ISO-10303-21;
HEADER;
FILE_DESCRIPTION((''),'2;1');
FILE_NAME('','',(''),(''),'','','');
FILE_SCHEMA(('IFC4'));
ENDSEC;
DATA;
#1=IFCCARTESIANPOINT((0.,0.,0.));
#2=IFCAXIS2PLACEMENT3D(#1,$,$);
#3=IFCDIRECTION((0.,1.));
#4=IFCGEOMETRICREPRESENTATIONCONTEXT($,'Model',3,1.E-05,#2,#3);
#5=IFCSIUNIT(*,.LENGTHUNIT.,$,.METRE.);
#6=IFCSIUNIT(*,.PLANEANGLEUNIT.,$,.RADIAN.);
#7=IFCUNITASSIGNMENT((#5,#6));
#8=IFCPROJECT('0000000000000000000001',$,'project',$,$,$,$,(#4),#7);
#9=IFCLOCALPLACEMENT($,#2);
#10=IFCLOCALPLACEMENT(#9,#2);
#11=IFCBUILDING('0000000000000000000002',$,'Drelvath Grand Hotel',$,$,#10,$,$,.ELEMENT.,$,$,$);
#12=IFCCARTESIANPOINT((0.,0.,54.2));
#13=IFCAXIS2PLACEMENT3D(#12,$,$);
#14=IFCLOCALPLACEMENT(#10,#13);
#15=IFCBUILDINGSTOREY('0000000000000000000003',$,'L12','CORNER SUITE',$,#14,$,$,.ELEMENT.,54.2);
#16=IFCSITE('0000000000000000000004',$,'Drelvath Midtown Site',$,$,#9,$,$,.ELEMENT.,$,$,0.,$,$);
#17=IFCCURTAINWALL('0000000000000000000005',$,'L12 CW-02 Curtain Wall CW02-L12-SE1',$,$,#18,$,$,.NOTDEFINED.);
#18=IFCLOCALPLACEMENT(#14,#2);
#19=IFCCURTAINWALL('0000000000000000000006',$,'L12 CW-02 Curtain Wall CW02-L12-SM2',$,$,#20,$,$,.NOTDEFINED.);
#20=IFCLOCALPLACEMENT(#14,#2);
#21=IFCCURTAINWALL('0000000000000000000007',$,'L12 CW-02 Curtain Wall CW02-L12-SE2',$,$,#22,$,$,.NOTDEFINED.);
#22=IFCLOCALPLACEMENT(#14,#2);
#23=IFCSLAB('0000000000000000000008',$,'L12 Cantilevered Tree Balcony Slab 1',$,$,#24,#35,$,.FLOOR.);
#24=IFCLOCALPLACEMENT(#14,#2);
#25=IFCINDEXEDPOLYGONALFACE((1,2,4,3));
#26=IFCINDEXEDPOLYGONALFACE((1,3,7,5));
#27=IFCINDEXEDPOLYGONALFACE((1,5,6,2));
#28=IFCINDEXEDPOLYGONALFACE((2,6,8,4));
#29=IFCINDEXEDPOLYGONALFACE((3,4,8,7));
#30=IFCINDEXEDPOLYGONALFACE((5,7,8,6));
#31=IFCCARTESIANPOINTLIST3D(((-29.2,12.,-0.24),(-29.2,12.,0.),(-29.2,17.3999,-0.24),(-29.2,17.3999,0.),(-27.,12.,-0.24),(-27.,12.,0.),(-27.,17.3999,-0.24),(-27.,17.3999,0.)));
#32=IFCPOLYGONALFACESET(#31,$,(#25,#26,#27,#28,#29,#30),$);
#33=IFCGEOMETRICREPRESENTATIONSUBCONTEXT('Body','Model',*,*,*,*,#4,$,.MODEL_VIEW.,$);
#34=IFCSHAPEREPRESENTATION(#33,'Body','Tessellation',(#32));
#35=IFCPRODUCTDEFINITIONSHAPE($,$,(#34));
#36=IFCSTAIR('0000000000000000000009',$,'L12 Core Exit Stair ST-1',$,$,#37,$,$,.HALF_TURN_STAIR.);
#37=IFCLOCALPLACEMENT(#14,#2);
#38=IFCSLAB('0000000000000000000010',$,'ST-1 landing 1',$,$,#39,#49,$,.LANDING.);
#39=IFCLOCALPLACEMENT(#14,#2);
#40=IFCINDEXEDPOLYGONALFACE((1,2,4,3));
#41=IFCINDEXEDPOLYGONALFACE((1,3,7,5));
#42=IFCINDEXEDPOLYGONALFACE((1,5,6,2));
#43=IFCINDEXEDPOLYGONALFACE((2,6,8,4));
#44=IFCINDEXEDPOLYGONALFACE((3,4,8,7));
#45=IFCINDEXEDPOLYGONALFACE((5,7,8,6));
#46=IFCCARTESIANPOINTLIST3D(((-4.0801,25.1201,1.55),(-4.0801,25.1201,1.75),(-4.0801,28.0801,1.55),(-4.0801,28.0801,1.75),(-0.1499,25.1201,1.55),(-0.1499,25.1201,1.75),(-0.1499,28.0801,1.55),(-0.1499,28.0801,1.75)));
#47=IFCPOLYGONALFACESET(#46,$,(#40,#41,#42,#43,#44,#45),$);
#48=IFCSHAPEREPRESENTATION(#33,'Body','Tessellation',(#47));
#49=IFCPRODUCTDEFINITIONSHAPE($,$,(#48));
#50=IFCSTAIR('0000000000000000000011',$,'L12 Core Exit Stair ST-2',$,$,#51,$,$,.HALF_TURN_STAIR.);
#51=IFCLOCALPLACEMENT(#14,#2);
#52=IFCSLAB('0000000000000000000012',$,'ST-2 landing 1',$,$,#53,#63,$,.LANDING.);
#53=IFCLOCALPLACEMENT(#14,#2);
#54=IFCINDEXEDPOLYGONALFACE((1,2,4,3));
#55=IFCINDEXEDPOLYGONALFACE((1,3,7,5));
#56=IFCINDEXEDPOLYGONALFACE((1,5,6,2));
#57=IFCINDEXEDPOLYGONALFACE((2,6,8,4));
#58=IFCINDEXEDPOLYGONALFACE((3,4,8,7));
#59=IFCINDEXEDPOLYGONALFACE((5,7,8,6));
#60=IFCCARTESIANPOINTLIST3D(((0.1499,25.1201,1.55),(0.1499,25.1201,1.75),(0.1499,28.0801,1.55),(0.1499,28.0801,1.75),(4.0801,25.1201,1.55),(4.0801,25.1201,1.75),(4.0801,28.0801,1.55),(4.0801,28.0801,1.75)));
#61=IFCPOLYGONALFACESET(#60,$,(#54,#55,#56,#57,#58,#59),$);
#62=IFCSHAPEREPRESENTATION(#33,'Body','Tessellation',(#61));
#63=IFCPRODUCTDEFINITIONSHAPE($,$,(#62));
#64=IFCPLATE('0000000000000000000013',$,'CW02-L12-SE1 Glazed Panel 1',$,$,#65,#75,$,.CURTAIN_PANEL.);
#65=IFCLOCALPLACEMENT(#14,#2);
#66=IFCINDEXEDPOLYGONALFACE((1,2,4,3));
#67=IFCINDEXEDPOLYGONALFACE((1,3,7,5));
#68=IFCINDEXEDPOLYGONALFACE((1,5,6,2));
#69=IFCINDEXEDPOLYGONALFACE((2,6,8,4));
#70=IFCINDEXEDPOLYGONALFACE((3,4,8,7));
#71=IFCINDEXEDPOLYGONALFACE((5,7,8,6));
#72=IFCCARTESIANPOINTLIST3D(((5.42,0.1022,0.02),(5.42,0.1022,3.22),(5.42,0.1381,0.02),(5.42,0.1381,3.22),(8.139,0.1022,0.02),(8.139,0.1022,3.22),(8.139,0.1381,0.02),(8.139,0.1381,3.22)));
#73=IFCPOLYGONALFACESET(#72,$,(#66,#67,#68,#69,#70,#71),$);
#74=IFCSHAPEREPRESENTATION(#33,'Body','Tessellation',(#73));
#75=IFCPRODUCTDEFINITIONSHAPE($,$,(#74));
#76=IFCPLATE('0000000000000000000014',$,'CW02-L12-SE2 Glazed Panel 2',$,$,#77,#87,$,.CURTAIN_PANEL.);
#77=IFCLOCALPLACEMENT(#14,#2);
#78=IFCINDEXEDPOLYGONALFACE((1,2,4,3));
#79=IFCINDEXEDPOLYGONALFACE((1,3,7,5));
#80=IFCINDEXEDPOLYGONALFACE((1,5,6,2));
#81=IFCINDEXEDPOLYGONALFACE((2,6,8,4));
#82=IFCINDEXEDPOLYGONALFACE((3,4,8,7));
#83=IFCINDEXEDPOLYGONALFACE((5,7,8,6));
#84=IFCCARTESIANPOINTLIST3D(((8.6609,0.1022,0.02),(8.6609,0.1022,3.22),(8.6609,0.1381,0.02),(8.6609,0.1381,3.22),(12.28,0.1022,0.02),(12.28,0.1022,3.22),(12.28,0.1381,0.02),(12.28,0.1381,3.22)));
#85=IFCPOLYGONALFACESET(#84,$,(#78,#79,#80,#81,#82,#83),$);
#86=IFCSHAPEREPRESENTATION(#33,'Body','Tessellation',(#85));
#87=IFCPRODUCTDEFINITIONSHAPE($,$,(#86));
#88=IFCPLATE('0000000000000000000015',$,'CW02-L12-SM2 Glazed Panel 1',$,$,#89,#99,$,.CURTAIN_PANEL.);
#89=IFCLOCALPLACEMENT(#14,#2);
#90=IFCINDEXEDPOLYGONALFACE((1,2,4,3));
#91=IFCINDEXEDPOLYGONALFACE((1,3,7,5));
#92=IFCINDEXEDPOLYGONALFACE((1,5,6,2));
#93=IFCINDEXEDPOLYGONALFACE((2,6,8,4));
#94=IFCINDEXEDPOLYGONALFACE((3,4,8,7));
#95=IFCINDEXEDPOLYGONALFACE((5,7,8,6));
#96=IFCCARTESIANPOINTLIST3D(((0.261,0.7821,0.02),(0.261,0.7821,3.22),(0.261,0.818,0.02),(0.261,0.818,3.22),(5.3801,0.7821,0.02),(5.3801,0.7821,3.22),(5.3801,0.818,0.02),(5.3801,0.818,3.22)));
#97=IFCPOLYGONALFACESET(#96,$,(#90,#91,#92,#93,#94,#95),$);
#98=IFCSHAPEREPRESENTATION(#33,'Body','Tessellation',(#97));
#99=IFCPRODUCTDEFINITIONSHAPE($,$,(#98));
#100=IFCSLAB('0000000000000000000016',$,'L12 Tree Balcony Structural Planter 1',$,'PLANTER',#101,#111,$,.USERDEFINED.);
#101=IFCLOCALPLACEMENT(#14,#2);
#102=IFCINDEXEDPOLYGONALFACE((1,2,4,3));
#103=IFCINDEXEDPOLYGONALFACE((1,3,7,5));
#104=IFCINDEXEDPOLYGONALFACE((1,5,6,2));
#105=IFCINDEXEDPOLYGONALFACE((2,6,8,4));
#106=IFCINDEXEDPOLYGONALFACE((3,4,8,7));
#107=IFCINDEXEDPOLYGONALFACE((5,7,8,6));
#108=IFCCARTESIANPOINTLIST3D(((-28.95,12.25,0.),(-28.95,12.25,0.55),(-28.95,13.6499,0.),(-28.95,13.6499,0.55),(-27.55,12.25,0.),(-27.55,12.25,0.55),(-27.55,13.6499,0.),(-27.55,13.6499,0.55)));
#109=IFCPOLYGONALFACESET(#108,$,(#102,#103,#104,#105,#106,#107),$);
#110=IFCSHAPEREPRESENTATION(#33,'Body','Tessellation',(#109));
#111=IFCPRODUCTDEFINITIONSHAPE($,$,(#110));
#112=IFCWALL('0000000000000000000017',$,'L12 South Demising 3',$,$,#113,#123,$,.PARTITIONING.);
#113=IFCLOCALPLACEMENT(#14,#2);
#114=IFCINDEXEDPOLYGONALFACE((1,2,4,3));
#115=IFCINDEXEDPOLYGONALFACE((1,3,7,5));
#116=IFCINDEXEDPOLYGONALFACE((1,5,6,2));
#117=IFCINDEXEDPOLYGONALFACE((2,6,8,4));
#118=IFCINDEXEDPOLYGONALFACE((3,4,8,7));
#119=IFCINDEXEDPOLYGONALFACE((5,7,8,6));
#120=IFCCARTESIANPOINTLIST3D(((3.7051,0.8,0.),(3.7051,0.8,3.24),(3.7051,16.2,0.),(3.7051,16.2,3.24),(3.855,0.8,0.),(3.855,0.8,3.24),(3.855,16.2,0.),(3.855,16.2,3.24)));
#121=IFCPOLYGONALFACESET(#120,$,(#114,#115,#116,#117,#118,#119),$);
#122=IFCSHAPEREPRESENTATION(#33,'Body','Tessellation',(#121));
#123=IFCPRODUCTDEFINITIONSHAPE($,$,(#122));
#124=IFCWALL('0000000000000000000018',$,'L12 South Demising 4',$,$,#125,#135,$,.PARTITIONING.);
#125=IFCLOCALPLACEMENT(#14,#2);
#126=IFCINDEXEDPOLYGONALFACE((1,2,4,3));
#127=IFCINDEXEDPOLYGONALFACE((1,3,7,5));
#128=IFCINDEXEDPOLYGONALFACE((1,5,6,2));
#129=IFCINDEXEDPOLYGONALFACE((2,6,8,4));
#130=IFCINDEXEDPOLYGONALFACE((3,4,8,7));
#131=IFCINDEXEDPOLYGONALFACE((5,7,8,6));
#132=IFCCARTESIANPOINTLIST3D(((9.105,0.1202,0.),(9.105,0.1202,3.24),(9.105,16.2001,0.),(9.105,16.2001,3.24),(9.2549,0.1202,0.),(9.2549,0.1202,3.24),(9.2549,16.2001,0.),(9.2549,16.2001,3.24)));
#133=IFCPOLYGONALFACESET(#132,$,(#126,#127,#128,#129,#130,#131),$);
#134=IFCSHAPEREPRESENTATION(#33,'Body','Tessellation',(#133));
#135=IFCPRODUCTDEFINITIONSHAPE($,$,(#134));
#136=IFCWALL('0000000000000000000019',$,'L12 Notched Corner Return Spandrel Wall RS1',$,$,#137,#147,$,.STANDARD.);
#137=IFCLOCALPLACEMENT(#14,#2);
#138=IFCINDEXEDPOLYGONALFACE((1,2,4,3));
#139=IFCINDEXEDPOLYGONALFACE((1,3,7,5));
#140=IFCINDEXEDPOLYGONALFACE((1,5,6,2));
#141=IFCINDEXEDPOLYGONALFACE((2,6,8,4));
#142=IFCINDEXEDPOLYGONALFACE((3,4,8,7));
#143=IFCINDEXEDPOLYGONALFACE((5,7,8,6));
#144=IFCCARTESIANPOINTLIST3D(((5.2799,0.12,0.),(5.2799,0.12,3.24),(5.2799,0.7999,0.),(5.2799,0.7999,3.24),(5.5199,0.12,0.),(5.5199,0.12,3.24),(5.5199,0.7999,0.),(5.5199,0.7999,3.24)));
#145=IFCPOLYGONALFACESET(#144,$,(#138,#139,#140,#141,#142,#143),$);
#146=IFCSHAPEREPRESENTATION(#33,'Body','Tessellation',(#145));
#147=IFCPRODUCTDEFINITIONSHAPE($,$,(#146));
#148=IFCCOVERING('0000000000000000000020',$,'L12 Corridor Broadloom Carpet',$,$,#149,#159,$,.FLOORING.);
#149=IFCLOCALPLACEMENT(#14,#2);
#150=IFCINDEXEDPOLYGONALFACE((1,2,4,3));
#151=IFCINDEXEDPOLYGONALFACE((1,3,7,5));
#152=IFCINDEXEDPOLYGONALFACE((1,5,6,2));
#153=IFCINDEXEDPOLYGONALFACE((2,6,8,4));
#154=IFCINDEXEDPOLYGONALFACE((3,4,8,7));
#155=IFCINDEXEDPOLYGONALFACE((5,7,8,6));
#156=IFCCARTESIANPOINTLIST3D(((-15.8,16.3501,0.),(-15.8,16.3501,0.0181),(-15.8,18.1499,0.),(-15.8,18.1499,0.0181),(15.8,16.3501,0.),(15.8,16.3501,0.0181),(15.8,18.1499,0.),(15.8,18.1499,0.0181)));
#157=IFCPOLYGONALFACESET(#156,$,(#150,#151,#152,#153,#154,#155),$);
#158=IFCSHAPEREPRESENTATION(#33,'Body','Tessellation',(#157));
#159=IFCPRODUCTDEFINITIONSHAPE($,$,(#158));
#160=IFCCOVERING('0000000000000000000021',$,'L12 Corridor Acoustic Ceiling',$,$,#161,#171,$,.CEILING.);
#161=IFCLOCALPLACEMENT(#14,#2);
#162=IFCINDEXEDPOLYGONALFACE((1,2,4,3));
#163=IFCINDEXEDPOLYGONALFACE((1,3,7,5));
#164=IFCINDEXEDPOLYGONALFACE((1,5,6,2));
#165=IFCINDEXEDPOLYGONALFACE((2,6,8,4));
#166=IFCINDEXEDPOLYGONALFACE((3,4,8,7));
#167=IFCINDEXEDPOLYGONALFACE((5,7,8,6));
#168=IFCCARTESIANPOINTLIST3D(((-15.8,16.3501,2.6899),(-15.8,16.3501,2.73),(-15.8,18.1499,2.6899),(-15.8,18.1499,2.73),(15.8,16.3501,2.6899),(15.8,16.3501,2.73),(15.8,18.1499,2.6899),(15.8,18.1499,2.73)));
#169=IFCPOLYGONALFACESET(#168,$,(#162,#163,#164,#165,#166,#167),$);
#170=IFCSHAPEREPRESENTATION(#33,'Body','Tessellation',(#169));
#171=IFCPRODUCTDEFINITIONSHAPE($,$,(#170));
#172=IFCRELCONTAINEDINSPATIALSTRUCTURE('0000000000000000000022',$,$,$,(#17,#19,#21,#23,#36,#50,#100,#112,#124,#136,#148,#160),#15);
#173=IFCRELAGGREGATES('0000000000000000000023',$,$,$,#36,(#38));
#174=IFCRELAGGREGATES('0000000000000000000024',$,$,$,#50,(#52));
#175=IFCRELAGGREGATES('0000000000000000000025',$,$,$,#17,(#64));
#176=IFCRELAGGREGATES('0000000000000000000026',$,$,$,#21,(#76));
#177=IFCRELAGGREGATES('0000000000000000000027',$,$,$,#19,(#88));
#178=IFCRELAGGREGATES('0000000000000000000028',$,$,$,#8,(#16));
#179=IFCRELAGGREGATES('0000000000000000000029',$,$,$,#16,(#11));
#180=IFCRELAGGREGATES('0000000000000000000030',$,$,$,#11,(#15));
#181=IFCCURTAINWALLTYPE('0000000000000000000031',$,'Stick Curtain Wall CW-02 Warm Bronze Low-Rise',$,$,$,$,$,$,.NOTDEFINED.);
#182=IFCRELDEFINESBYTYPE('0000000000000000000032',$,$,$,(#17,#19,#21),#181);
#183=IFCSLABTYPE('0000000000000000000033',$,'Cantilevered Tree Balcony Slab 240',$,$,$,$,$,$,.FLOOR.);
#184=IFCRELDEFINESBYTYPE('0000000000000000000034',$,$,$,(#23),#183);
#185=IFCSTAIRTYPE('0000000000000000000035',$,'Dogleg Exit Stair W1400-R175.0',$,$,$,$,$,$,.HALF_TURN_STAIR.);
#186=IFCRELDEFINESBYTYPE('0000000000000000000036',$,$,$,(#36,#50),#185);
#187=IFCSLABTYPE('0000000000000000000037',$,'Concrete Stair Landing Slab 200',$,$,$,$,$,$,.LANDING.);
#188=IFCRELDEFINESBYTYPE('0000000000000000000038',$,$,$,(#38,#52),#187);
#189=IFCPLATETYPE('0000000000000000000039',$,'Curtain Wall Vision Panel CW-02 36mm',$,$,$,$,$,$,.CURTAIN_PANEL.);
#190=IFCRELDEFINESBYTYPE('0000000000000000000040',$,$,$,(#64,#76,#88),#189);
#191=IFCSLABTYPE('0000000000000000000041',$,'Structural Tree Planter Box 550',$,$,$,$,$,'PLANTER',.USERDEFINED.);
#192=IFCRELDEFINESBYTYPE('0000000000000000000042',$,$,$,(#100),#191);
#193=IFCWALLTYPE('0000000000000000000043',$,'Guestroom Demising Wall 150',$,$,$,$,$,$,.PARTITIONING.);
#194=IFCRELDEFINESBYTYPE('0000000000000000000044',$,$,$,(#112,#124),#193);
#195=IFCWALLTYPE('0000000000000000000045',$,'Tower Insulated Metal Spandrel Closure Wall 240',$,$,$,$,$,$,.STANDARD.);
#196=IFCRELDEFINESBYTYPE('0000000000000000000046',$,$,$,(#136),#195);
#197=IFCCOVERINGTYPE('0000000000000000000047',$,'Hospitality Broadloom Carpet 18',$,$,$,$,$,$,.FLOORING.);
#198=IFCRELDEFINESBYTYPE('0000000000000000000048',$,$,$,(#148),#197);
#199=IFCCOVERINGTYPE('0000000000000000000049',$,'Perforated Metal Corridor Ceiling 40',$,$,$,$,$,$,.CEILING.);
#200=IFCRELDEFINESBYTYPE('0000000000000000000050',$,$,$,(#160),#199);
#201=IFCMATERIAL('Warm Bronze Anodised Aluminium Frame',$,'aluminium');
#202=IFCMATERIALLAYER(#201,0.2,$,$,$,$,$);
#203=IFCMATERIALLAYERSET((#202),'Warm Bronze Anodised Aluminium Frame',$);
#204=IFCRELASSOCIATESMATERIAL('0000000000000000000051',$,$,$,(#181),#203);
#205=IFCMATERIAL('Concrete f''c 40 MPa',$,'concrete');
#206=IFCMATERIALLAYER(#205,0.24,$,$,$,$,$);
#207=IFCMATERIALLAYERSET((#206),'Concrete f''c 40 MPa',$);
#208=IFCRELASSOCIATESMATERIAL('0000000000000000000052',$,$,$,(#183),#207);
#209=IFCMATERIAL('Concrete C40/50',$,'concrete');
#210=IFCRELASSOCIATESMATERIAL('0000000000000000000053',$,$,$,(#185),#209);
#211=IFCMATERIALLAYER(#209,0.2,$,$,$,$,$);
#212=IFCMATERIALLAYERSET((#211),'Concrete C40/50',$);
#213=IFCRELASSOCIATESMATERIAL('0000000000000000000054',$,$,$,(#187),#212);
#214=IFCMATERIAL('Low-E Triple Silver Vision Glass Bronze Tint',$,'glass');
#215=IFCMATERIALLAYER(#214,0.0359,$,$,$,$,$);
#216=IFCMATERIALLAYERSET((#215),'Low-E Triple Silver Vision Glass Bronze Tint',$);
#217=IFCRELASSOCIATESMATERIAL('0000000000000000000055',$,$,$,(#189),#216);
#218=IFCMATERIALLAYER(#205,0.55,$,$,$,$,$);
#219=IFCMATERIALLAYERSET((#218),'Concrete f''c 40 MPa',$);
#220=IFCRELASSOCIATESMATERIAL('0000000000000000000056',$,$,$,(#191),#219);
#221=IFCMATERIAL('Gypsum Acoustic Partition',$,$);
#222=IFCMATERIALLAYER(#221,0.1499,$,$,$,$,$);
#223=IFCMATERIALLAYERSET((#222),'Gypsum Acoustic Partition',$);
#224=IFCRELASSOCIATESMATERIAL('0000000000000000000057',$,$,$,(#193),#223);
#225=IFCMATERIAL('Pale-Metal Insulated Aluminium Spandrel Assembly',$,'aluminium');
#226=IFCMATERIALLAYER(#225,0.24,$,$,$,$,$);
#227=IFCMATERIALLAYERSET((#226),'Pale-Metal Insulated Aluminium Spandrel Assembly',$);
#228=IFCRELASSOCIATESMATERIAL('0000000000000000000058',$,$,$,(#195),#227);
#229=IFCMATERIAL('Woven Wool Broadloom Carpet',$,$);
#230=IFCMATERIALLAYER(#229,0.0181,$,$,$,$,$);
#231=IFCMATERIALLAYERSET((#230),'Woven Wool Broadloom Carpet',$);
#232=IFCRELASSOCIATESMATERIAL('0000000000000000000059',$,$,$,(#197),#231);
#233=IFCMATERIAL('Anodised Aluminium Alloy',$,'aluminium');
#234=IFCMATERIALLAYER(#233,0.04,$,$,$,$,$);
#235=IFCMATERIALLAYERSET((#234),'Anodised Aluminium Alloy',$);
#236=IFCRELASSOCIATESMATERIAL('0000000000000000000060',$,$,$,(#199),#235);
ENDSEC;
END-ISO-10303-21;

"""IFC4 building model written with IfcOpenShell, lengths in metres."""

from ifc_helpers import new_model, si_unit, direction, frame, frame_2d, origin, origin_2d, place, context, subcontext, project, spatial, polyline, rectangle, outline, extrude, material, layer, layer_set, type_object, element, aggregate, save


model = new_model("IFC4")

# Units and contexts
model_context = context("Model", 3, precision=1e-05, world=origin(), true_north=direction((0.0, 1.0)))
body_context = subcontext(model_context, "Body", "Model", "MODEL_VIEW")
ifc_project = project(units=[si_unit("LENGTHUNIT", "METRE"), si_unit("PLANEANGLEUNIT", "RADIAN")], contexts=[model_context])

# Site, building, storey
site_placement = place(None, origin())
site = spatial("IfcSite", under=ifc_project, at=site_placement, Name="Drelvath Midtown Site", CompositionType="ELEMENT", RefElevation=0.0)
building_placement = place(site_placement, origin())
building = spatial("IfcBuilding", under=site, at=building_placement, Name="Drelvath Grand Hotel", CompositionType="ELEMENT")
storey_placement = place(building_placement, frame((0.0, 0.0, 54.2)))
storey = spatial("IfcBuildingStorey", under=building, at=storey_placement, Name="L12", Description="CORNER SUITE", CompositionType="ELEMENT", Elevation=54.2)

# Curtain walls
ifc_material_1 = material(Name="Warm Bronze Anodised Aluminium Frame", Category="aluminium")
ifc_layer_1 = layer(ifc_material_1, 0.2)
ifc_layer_set_1 = layer_set([ifc_layer_1], Name="Warm Bronze Anodised Aluminium Frame")
curtain_wall_type = type_object("IfcCurtainWallType", Name="Stick Curtain Wall CW-02 Warm Bronze Low-Rise", PredefinedType="NOTDEFINED", material=ifc_layer_set_1)
curtain_wall_1_placement = place(storey_placement, origin())
curtain_wall_1 = element("IfcCurtainWall", 1, at=curtain_wall_1_placement, inside=storey, type_object=curtain_wall_type, Name="L12 CW-02 Curtain Wall CW02-L12-SE1", PredefinedType="NOTDEFINED")
curtain_wall_2_placement = place(storey_placement, origin())
curtain_wall_2 = element("IfcCurtainWall", 2, at=curtain_wall_2_placement, inside=storey, type_object=curtain_wall_type, Name="L12 CW-02 Curtain Wall CW02-L12-SM2", PredefinedType="NOTDEFINED")

# Curtain wall
curtain_wall_3_placement = place(storey_placement, origin())
curtain_wall_3 = element("IfcCurtainWall", 3, at=curtain_wall_3_placement, inside=storey, type_object=curtain_wall_type, Name="L12 CW-02 Curtain Wall CW02-L12-SE2", PredefinedType="NOTDEFINED")

# Slab
ifc_material_2 = material(Name="Concrete f'c 40 MPa", Category="concrete")
ifc_layer_2 = layer(ifc_material_2, 0.24)
ifc_layer_set_2 = layer_set([ifc_layer_2], Name="Concrete f'c 40 MPa")
slab_type_1 = type_object("IfcSlabType", Name="Cantilevered Tree Balcony Slab 240", PredefinedType="FLOOR", material=ifc_layer_set_2)
slab_1_placement = place(storey_placement, frame((0.0, 0.0, -0.24)))
element("IfcSlab", 4, at=slab_1_placement, inside=storey, type_object=slab_type_1, Name="L12 Cantilevered Tree Balcony Slab 1", PredefinedType="FLOOR", context=body_context, shape_type="SweptSolid", body=[
    extrude(outline(polyline([(-29.2, 12.0), (-27.0, 12.0), (-27.0, 17.3999), (-29.2, 17.3999), (-29.2, 12.0)])), origin(), (0.0, 0.0, 1.0), 0.24),
])

# Stairs, slabs
ifc_material_3 = material(Name="Concrete C40/50", Category="concrete")
stair_type = type_object("IfcStairType", Name="Dogleg Exit Stair W1400-R175.0", PredefinedType="HALF_TURN_STAIR", material=ifc_material_3)
stair_1_placement = place(storey_placement, origin())
stair_1 = element("IfcStair", 5, at=stair_1_placement, inside=storey, type_object=stair_type, Name="L12 Core Exit Stair ST-1", PredefinedType="HALF_TURN_STAIR")
ifc_layer_3 = layer(ifc_material_3, 0.2)
ifc_layer_set_3 = layer_set([ifc_layer_3], Name="Concrete C40/50")
slab_type_2 = type_object("IfcSlabType", Name="Concrete Stair Landing Slab 200", PredefinedType="LANDING", material=ifc_layer_set_3)
slab_2_placement = place(storey_placement, frame((0.0, 0.0, 1.55)))
slab_2 = element("IfcSlab", 6, at=slab_2_placement, type_object=slab_type_2, Name="ST-1 landing 1", PredefinedType="LANDING", context=body_context, shape_type="SweptSolid", body=[
    extrude(outline(polyline([(-4.0801, 25.1201), (-0.1499, 25.1201), (-0.1499, 28.0801), (-4.0801, 28.0801), (-4.0801, 25.1201)])), origin(), (0.0, 0.0, 1.0), 0.2),
])
aggregate(stair_1, [slab_2])
stair_2_placement = place(storey_placement, origin())
stair_2 = element("IfcStair", 7, at=stair_2_placement, inside=storey, type_object=stair_type, Name="L12 Core Exit Stair ST-2", PredefinedType="HALF_TURN_STAIR")
slab_3_placement = place(storey_placement, frame((0.0, 0.0, 1.55)))
slab_3 = element("IfcSlab", 8, at=slab_3_placement, type_object=slab_type_2, Name="ST-2 landing 1", PredefinedType="LANDING", context=body_context, shape_type="SweptSolid", body=[
    extrude(outline(polyline([(4.0801, 28.0801), (0.1499, 28.0801), (0.1499, 25.1201), (4.0801, 25.1201), (4.0801, 28.0801)])), origin(), (0.0, 0.0, 1.0), 0.2),
])
aggregate(stair_2, [slab_3])

# Plates
ifc_material_4 = material(Name="Low-E Triple Silver Vision Glass Bronze Tint", Category="glass")
ifc_layer_4 = layer(ifc_material_4, 0.0359)
ifc_layer_set_4 = layer_set([ifc_layer_4], Name="Low-E Triple Silver Vision Glass Bronze Tint")
plate_type = type_object("IfcPlateType", Name="Curtain Wall Vision Panel CW-02 36mm", PredefinedType="CURTAIN_PANEL", material=ifc_layer_set_4)
plate_1_placement = place(storey_placement, frame((6.7795, 0.1201, 0.02), z_axis=(0.0, 0.0, 1.0), x_axis=(-1.0, 0.0, 0.0)))
plate_1 = element("IfcPlate", 9, at=plate_1_placement, type_object=plate_type, Name="CW02-L12-SE1 Glazed Panel 1", PredefinedType="CURTAIN_PANEL", context=body_context, shape_type="SweptSolid", body=[
    extrude(rectangle(XDim=2.719, YDim=0.0359, at=origin_2d()), origin(), (0.0, 0.0, 1.0), 3.2),
])
aggregate(curtain_wall_1, [plate_1])
plate_2_placement = place(storey_placement, frame((10.4705, 0.1201, 0.02), z_axis=(0.0, 0.0, 1.0), x_axis=(-1.0, 0.0, 0.0)))
plate_2 = element("IfcPlate", 10, at=plate_2_placement, type_object=plate_type, Name="CW02-L12-SE2 Glazed Panel 2", PredefinedType="CURTAIN_PANEL", context=body_context, shape_type="SweptSolid", body=[
    extrude(rectangle(XDim=3.6191, YDim=0.0359, at=origin_2d()), origin(), (0.0, 0.0, 1.0), 3.2),
])
aggregate(curtain_wall_3, [plate_2])
plate_3_placement = place(storey_placement, frame((2.8206, 0.8, 0.02), z_axis=(0.0, 0.0, 1.0), x_axis=(-1.0, 0.0, 0.0)))
plate_3 = element("IfcPlate", 11, at=plate_3_placement, type_object=plate_type, Name="CW02-L12-SM2 Glazed Panel 1", PredefinedType="CURTAIN_PANEL", context=body_context, shape_type="SweptSolid", body=[
    extrude(rectangle(XDim=5.1191, YDim=0.0359, at=origin_2d()), origin(), (0.0, 0.0, 1.0), 3.2),
])
aggregate(curtain_wall_2, [plate_3])

# Slab
ifc_layer_5 = layer(ifc_material_2, 0.55)
ifc_layer_set_5 = layer_set([ifc_layer_5], Name="Concrete f'c 40 MPa")
slab_type_3 = type_object("IfcSlabType", Name="Structural Tree Planter Box 550", ElementType="PLANTER", PredefinedType="USERDEFINED", material=ifc_layer_set_5)
slab_4_placement = place(storey_placement, origin())
element("IfcSlab", 12, at=slab_4_placement, inside=storey, type_object=slab_type_3, Name="L12 Tree Balcony Structural Planter 1", ObjectType="PLANTER", PredefinedType="USERDEFINED", context=body_context, shape_type="SweptSolid", body=[
    extrude(outline(polyline([(-28.95, 12.25), (-27.55, 12.25), (-27.55, 13.6499), (-28.95, 13.6499), (-28.95, 12.25)])), origin(), (0.0, 0.0, 1.0), 0.55),
])

# Walls
ifc_material_5 = material(Name="Gypsum Acoustic Partition")
ifc_layer_6 = layer(ifc_material_5, 0.1499)
ifc_layer_set_6 = layer_set([ifc_layer_6], Name="Gypsum Acoustic Partition")
wall_type_1 = type_object("IfcWallType", Name="Guestroom Demising Wall 150", PredefinedType="PARTITIONING", material=ifc_layer_set_6)
wall_1_placement = place(storey_placement, frame((3.78, 0.8, 0.0), z_axis=(0.0, 0.0, 1.0), x_axis=(0.0, 1.0, 0.0)))
element("IfcWall", 13, at=wall_1_placement, inside=storey, type_object=wall_type_1, Name="L12 South Demising 3", PredefinedType="PARTITIONING", context=body_context, shape_type="SweptSolid", body=[
    extrude(rectangle(XDim=15.3999, YDim=0.1499, at=frame_2d((7.7, 0.0))), origin(), (0.0, 0.0, 1.0), 3.24),
])
wall_2_placement = place(storey_placement, frame((9.1799, 0.1201, 0.0), z_axis=(0.0, 0.0, 1.0), x_axis=(0.0, 1.0, 0.0)))
element("IfcWall", 14, at=wall_2_placement, inside=storey, type_object=wall_type_1, Name="L12 South Demising 4", PredefinedType="PARTITIONING", context=body_context, shape_type="SweptSolid", body=[
    extrude(rectangle(XDim=16.0798, YDim=0.1499, at=frame_2d((8.04, 0.0))), origin(), (0.0, 0.0, 1.0), 3.24),
])
ifc_material_6 = material(Name="Pale-Metal Insulated Aluminium Spandrel Assembly", Category="aluminium")
ifc_layer_7 = layer(ifc_material_6, 0.24)
ifc_layer_set_7 = layer_set([ifc_layer_7], Name="Pale-Metal Insulated Aluminium Spandrel Assembly")
wall_type_2 = type_object("IfcWallType", Name="Tower Insulated Metal Spandrel Closure Wall 240", PredefinedType="STANDARD", material=ifc_layer_set_7)
wall_3_placement = place(storey_placement, frame((5.3999, 0.1201, 0.0), z_axis=(0.0, 0.0, 1.0), x_axis=(0.0, 1.0, 0.0)))
element("IfcWall", 15, at=wall_3_placement, inside=storey, type_object=wall_type_2, Name="L12 Notched Corner Return Spandrel Wall RS1", PredefinedType="STANDARD", context=body_context, shape_type="SweptSolid", body=[
    extrude(rectangle(XDim=0.6799, YDim=0.24, at=frame_2d((0.3398, 0.0))), origin(), (0.0, 0.0, 1.0), 3.24),
])

# Coverings
ifc_material_7 = material(Name="Woven Wool Broadloom Carpet")
ifc_layer_8 = layer(ifc_material_7, 0.0181)
ifc_layer_set_8 = layer_set([ifc_layer_8], Name="Woven Wool Broadloom Carpet")
covering_type_1 = type_object("IfcCoveringType", Name="Hospitality Broadloom Carpet 18", PredefinedType="FLOORING", material=ifc_layer_set_8)
covering_1_placement = place(storey_placement, origin())
element("IfcCovering", 16, at=covering_1_placement, inside=storey, type_object=covering_type_1, Name="L12 Corridor Broadloom Carpet", PredefinedType="FLOORING", context=body_context, shape_type="SweptSolid", body=[
    extrude(outline(polyline([(15.8, 16.3501), (15.8, 18.1499), (-15.8, 18.1499), (-15.8, 16.3501), (15.8, 16.3501)])), origin(), (0.0, 0.0, 1.0), 0.0181),
])
ifc_material_8 = material(Name="Anodised Aluminium Alloy", Category="aluminium")
ifc_layer_9 = layer(ifc_material_8, 0.04)
ifc_layer_set_9 = layer_set([ifc_layer_9], Name="Anodised Aluminium Alloy")
covering_type_2 = type_object("IfcCoveringType", Name="Perforated Metal Corridor Ceiling 40", PredefinedType="CEILING", material=ifc_layer_set_9)
covering_2_placement = place(storey_placement, frame((0.0, 0.0, 2.6899)))
element("IfcCovering", 17, at=covering_2_placement, inside=storey, type_object=covering_type_2, Name="L12 Corridor Acoustic Ceiling", PredefinedType="CEILING", context=body_context, shape_type="SweptSolid", body=[
    extrude(outline(polyline([(15.8, 16.3501), (15.8, 18.1499), (-15.8, 18.1499), (-15.8, 16.3501), (15.8, 16.3501)])), origin(), (0.0, 0.0, 1.0), 0.04),
])

save(model, "model.ifc")
